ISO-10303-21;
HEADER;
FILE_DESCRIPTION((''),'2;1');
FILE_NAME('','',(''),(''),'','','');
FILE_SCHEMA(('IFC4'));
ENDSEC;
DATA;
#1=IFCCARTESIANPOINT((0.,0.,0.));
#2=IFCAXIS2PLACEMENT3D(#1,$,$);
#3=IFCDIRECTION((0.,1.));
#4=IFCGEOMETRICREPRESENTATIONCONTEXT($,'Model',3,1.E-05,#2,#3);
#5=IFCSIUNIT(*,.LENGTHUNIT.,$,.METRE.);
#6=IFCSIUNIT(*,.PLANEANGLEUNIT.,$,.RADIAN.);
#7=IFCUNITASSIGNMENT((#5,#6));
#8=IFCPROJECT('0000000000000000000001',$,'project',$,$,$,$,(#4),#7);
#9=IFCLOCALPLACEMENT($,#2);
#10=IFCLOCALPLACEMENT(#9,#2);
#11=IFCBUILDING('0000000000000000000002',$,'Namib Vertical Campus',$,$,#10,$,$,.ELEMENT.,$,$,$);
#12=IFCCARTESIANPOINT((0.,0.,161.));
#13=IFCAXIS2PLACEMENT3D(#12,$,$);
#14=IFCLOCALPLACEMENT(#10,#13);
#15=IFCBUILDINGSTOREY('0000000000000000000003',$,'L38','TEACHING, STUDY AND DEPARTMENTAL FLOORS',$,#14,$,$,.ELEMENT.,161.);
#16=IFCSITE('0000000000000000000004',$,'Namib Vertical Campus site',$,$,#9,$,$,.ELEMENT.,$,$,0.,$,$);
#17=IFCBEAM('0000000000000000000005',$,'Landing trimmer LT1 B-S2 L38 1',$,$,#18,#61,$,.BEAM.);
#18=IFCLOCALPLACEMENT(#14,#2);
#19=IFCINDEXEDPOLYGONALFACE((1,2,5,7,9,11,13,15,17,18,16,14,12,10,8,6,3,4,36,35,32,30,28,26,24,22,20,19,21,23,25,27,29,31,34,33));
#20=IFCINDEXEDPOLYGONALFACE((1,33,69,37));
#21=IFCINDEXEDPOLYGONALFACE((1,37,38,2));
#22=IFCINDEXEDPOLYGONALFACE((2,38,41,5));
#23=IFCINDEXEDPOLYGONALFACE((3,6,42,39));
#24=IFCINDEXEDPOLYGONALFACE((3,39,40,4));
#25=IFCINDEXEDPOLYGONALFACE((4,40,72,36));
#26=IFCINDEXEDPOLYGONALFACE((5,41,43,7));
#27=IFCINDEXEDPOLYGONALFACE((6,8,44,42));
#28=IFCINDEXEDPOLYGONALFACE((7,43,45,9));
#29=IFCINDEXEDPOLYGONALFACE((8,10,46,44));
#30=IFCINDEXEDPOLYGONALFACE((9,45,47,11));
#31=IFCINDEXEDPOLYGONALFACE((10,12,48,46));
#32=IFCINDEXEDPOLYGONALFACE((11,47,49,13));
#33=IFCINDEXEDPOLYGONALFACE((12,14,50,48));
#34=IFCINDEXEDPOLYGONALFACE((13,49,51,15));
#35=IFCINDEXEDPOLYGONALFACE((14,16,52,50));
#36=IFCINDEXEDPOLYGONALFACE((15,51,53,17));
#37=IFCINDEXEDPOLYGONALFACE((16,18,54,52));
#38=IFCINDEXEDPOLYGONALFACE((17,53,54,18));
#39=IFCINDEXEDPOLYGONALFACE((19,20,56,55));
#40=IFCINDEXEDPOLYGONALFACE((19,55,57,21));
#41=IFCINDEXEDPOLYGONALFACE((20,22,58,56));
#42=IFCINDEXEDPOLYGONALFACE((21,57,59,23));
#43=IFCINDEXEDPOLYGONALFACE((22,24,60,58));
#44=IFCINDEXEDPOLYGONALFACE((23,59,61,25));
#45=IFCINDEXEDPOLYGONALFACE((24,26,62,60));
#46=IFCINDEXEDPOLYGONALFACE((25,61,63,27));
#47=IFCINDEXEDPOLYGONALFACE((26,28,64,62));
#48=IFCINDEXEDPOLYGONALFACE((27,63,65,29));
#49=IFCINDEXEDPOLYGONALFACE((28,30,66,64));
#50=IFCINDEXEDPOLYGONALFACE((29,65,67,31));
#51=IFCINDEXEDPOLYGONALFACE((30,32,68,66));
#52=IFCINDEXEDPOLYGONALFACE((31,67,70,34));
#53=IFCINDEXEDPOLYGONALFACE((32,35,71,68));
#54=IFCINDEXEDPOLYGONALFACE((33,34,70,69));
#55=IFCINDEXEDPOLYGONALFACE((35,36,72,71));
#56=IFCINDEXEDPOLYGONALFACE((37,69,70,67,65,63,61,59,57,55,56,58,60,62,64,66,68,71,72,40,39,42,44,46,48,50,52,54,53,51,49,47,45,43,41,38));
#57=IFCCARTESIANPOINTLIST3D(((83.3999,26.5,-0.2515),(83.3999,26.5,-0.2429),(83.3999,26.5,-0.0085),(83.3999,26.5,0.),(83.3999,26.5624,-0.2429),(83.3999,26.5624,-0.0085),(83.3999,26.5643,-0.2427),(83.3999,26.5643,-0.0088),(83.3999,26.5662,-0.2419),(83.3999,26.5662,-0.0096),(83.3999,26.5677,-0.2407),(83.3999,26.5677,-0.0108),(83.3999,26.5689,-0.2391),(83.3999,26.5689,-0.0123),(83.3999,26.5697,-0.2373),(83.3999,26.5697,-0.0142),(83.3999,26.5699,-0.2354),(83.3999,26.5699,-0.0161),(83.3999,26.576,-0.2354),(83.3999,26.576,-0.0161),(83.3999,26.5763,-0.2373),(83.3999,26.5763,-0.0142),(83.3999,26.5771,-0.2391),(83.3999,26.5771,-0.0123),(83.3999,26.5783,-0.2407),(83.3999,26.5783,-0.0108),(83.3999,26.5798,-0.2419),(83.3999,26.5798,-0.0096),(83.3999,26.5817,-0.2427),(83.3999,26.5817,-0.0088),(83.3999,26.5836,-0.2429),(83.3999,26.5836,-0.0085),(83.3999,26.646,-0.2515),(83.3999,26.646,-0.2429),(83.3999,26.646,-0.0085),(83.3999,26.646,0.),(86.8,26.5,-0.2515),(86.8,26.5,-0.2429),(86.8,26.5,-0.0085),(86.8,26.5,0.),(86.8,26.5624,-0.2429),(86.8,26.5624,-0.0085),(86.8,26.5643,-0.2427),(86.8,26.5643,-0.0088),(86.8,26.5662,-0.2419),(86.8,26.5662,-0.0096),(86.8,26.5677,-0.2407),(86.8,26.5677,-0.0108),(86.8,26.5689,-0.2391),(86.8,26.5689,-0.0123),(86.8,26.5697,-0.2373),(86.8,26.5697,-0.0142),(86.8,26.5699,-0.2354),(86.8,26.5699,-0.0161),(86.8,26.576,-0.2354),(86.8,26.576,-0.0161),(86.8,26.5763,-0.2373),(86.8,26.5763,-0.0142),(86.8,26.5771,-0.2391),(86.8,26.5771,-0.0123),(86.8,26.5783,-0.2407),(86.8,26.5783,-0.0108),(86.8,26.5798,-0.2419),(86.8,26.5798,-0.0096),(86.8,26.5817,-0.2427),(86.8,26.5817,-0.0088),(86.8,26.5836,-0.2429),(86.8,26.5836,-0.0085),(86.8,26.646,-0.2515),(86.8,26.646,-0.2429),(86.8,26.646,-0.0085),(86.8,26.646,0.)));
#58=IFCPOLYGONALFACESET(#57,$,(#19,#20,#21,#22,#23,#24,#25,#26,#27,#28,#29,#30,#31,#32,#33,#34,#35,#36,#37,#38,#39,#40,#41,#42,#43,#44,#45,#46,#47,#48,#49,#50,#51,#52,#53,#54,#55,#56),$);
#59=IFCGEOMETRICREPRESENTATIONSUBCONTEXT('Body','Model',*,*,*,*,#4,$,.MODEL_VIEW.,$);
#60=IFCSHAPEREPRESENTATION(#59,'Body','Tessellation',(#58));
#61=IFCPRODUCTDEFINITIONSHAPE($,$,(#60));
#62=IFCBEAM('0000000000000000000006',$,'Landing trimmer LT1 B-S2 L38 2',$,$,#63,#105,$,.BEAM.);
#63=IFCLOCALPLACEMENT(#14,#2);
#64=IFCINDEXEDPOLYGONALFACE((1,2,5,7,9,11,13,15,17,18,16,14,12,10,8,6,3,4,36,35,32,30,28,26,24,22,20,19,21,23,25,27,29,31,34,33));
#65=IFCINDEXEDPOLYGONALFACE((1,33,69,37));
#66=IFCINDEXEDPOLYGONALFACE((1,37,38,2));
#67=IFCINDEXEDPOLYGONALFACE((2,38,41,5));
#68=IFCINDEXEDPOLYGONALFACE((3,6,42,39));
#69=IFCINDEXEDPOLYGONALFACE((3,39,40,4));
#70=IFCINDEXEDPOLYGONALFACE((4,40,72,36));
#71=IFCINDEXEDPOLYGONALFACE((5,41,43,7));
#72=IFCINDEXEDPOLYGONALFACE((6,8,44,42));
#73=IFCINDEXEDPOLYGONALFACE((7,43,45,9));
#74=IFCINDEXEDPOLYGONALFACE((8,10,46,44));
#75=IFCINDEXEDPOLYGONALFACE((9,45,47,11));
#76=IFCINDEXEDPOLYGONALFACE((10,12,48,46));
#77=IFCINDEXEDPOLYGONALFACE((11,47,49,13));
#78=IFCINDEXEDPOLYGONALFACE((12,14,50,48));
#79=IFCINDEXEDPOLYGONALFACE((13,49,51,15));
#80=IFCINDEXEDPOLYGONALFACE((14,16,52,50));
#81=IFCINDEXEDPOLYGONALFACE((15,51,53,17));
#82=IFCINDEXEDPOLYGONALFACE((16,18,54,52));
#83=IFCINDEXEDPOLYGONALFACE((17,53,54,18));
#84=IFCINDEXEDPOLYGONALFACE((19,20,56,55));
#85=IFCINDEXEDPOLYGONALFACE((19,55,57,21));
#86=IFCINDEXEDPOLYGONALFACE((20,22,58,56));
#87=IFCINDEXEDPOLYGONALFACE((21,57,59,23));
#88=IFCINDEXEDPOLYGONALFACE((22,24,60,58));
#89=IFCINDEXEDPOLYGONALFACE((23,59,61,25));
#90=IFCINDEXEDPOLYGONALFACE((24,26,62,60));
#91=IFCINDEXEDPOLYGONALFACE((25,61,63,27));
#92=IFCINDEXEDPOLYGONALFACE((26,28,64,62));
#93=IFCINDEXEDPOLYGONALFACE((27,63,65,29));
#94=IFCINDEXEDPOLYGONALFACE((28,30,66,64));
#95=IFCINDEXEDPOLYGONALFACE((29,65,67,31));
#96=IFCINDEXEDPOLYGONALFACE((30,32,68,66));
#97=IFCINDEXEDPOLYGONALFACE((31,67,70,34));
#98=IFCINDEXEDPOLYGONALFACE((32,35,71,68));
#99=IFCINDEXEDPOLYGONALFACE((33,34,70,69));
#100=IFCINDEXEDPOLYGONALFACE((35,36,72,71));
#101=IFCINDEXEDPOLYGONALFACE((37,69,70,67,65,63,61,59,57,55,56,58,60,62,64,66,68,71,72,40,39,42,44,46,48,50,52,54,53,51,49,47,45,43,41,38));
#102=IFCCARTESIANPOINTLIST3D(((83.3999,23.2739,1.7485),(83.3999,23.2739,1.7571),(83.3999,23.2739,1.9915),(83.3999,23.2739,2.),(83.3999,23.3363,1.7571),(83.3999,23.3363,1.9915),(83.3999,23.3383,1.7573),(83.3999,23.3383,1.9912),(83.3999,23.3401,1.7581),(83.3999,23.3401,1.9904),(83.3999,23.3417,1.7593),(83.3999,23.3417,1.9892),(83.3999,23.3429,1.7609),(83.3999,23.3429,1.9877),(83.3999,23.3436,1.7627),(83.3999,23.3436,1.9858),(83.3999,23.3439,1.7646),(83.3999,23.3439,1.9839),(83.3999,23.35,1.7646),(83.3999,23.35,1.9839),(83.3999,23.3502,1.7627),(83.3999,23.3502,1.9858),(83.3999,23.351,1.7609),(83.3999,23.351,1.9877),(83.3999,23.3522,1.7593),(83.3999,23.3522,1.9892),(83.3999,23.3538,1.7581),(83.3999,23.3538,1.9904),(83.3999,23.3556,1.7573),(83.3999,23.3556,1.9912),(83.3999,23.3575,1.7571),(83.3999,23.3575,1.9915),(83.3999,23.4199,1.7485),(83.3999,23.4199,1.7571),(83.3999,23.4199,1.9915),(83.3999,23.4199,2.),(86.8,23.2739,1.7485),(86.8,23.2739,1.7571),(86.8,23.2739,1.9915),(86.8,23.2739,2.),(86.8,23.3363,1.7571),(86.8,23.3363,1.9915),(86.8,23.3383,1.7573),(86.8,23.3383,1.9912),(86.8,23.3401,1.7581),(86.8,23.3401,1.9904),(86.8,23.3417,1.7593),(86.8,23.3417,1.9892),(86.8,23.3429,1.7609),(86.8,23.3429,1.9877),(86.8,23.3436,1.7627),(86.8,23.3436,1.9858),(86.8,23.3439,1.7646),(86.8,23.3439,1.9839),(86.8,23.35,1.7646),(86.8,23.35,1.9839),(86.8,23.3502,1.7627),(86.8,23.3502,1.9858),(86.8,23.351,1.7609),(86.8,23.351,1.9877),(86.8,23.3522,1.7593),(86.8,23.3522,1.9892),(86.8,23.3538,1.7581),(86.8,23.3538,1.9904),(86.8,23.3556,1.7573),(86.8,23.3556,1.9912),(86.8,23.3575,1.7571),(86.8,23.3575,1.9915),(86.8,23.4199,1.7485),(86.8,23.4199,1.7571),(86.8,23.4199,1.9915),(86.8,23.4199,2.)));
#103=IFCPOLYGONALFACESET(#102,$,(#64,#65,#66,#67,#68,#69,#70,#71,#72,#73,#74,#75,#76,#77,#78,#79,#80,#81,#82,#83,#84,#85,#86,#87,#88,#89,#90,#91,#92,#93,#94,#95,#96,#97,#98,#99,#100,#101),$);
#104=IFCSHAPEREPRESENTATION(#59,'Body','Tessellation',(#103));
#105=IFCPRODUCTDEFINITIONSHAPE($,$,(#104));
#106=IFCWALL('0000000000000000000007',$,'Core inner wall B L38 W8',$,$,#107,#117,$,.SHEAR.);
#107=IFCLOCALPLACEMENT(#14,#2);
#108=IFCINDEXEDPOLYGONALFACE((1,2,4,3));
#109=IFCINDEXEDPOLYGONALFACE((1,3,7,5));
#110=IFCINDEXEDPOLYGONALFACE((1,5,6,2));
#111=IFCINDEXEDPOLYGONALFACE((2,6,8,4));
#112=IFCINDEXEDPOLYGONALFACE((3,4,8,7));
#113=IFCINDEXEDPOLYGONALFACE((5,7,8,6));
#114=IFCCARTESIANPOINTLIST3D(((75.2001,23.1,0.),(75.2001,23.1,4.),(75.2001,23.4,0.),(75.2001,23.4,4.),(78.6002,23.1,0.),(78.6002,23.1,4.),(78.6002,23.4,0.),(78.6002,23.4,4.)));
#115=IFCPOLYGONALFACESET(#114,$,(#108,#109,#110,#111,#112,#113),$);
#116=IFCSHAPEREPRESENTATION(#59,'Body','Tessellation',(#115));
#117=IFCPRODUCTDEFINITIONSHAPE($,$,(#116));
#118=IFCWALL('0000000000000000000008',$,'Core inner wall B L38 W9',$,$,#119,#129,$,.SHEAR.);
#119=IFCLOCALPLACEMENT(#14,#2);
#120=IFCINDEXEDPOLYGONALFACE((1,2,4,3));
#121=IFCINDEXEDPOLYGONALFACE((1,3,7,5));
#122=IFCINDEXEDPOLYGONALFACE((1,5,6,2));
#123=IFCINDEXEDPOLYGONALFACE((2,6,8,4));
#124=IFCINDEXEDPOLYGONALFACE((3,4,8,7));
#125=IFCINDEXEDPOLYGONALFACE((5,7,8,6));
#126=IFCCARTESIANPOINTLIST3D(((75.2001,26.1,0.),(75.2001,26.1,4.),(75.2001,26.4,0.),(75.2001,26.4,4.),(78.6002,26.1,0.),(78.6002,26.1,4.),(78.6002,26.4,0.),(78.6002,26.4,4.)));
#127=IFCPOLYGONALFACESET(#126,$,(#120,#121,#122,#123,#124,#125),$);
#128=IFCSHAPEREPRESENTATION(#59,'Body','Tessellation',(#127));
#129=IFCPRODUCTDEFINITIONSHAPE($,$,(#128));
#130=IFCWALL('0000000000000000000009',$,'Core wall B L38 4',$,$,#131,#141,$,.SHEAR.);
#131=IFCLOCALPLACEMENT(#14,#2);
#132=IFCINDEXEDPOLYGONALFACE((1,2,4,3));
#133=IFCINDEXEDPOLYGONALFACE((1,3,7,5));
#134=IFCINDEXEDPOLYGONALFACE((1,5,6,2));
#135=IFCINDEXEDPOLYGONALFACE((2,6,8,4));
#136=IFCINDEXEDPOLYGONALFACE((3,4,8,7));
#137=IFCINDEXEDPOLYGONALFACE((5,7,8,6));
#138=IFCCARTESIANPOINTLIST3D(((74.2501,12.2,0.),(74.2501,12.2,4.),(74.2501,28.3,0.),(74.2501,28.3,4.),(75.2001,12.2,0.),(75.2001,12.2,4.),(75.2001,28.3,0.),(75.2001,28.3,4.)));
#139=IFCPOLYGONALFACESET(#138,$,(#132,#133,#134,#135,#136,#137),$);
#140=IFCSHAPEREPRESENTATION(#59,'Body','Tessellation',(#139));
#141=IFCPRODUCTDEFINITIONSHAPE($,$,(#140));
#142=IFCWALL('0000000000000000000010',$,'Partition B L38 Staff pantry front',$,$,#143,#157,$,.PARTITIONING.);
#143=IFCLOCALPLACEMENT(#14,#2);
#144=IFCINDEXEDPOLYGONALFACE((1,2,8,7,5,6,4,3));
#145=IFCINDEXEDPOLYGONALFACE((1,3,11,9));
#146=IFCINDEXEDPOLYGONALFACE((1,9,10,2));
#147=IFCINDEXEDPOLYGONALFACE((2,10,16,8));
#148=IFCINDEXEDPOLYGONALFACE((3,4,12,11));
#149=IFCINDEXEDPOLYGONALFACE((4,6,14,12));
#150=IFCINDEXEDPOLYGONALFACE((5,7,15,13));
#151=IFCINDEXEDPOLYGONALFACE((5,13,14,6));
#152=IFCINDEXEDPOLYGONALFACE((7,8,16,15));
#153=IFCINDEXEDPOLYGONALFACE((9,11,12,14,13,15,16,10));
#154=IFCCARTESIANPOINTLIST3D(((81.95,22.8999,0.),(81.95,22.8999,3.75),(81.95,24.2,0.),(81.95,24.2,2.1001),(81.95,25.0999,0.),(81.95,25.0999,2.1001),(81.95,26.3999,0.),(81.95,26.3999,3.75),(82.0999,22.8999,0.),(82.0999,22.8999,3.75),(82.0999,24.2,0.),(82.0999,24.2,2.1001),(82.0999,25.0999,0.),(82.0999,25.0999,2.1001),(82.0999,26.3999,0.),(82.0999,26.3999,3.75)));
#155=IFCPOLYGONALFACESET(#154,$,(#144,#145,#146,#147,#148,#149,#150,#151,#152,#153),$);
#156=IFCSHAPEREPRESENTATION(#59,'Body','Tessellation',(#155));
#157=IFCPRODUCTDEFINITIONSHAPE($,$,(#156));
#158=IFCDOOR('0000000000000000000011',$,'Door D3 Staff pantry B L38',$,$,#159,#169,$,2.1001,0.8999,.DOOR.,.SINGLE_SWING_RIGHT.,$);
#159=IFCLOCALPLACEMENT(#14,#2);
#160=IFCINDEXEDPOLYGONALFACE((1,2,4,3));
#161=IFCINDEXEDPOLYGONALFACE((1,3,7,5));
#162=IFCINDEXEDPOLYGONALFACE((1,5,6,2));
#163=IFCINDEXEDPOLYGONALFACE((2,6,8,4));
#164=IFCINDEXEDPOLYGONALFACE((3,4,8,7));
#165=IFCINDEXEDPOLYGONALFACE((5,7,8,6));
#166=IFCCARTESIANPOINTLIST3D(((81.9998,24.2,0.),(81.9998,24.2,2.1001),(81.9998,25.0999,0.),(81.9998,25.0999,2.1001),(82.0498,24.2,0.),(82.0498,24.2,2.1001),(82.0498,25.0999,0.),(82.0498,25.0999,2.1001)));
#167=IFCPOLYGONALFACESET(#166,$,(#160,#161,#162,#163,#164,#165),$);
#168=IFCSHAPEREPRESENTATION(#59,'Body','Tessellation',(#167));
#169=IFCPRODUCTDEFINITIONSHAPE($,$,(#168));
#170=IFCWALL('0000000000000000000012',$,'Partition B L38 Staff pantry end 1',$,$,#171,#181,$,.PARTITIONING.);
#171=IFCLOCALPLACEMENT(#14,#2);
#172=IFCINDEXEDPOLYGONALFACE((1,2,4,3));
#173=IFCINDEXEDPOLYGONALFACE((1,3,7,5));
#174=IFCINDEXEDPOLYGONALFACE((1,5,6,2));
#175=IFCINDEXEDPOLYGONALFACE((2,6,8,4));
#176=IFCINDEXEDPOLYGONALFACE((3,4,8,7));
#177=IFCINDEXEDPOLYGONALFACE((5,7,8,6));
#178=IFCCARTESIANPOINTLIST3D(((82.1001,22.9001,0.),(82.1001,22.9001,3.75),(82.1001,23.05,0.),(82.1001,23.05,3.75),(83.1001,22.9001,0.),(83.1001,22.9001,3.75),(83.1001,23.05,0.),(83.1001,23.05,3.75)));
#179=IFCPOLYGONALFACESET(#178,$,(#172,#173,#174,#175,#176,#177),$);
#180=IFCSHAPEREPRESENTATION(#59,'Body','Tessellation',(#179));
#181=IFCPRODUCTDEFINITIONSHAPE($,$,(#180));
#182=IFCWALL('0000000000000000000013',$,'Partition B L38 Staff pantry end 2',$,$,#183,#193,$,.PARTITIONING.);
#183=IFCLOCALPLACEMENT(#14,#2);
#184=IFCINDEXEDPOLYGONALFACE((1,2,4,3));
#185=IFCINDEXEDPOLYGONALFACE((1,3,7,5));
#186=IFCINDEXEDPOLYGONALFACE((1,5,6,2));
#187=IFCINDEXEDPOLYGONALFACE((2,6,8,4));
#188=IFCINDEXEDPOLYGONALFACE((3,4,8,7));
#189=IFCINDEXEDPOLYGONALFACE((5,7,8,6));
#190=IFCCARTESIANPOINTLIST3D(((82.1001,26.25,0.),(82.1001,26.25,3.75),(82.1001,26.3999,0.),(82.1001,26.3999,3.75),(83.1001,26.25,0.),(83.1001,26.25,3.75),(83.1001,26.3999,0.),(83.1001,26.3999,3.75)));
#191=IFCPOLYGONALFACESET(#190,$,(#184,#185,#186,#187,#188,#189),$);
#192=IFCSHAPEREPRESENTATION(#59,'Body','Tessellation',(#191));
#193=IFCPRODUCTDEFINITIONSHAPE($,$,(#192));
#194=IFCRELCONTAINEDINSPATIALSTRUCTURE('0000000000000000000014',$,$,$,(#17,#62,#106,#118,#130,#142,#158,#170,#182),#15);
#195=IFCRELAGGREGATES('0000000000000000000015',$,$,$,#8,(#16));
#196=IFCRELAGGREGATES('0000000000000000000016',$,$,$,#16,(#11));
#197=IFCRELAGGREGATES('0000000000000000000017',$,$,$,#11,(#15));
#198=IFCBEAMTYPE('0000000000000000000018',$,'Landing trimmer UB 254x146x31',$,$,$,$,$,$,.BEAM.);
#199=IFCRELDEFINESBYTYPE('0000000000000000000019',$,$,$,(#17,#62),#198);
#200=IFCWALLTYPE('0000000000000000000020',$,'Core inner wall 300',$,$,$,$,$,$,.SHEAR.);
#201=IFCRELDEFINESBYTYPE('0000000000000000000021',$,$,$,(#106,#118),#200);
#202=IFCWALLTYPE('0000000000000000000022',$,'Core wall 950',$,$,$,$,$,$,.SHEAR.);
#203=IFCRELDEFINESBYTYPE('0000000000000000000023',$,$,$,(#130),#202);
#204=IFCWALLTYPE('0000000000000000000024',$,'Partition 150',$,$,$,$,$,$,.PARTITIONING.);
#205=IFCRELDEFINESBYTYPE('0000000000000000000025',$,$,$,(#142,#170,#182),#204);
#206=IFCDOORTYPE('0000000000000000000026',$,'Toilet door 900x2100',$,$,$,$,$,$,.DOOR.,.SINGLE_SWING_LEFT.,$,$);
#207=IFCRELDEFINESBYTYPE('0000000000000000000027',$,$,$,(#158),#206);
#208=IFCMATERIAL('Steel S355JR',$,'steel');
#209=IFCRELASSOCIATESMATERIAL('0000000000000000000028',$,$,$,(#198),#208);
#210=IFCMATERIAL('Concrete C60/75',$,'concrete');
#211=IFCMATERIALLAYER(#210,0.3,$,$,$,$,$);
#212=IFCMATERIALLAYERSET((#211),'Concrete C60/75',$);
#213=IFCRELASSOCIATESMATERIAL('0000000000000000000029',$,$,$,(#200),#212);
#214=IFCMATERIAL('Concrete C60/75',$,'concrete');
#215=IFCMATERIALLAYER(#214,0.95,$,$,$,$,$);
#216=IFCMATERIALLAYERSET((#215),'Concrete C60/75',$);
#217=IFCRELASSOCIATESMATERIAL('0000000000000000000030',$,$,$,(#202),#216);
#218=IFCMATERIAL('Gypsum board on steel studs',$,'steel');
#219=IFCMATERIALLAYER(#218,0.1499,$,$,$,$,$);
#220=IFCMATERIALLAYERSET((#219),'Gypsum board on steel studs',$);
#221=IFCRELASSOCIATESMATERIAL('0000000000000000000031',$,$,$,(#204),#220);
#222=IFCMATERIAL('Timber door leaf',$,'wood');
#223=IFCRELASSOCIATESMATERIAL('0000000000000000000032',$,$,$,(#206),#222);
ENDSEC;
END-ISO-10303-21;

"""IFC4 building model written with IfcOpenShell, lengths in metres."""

from ifc_helpers import new_model, si_unit, direction, frame, frame_2d, origin, origin_2d, place, context, subcontext, project, spatial, rectangle, i_section, extrude, material, layer, layer_set, material_profile, profile_set, type_object, element, fill, save


model = new_model("IFC4")

# Units and contexts
model_context = context("Model", 3, precision=1e-05, world=origin(), true_north=direction((0.0, 1.0)))
body_context = subcontext(model_context, "Body", "Model", "MODEL_VIEW")
ifc_project = project(units=[si_unit("LENGTHUNIT", "METRE"), si_unit("PLANEANGLEUNIT", "RADIAN")], contexts=[model_context])

# Site, building, storey
site_placement = place(None, origin())
site = spatial("IfcSite", under=ifc_project, at=site_placement, Name="Namib Vertical Campus site", CompositionType="ELEMENT", RefElevation=0.0)
building_placement = place(site_placement, origin())
building = spatial("IfcBuilding", under=site, at=building_placement, Name="Namib Vertical Campus", CompositionType="ELEMENT")
storey_placement = place(building_placement, frame((0.0, 0.0, 161.0)))
storey = spatial("IfcBuildingStorey", under=building, at=storey_placement, Name="L38", Description="TEACHING, STUDY AND DEPARTMENTAL FLOORS", CompositionType="ELEMENT", Elevation=161.0)

# Beams
ifc_material_1 = material(Name="Steel S355JR", Category="steel")
ifc_material_profile = material_profile(ifc_material_1, i_section(OverallWidth=0.146, OverallDepth=0.2515, WebThickness=0.0061, FlangeThickness=0.0085, FilletRadius=0.0076, at=origin_2d()))
ifc_profile_set = profile_set([ifc_material_profile], Name="Steel S355JR")
beam_type = type_object("IfcBeamType", Name="Landing trimmer UB 254x146x31", PredefinedType="BEAM", material=ifc_profile_set)
for number, where, z_axis, x_axis, name in (
    (1, (83.3999, 26.573, -0.1257), (1.0, 0.0, 0.0), (0.0, 1.0, 0.0), "Landing trimmer LT1 B-S2 L38 1"),
    (2, (83.3999, 23.3469, 1.8743), (1.0, 0.0, 0.0), (0.0, 1.0, 0.0), "Landing trimmer LT1 B-S2 L38 2"),
):
    element("IfcBeam", number, at=place(storey_placement, frame(where, z_axis=z_axis, x_axis=x_axis)), inside=storey, type_object=beam_type, Name=name, PredefinedType="BEAM", context=body_context, shape_type="SweptSolid", body=[
        extrude(i_section(OverallWidth=0.146, OverallDepth=0.2515, WebThickness=0.0061, FlangeThickness=0.0085, FilletRadius=0.0076, at=origin_2d()), origin(), (0.0, 0.0, 1.0), 3.4001),
    ])

# Walls
ifc_material_2 = material(Name="Concrete C60/75", Category="concrete")
ifc_layer_1 = layer(ifc_material_2, 0.3)
ifc_layer_set_1 = layer_set([ifc_layer_1], Name="Concrete C60/75")
wall_type_1 = type_object("IfcWallType", Name="Core inner wall 300", PredefinedType="SHEAR", material=ifc_layer_set_1)
for number, where, z_axis, x_axis, name in (
    (3, (75.2, 23.25, 0.0), (0.0, 0.0, 1.0), (1.0, 0.0, 0.0), "Core inner wall B L38 W8"),
    (4, (75.2, 26.25, 0.0), (0.0, 0.0, 1.0), (1.0, 0.0, 0.0), "Core inner wall B L38 W9"),
):
    element("IfcWall", number, at=place(storey_placement, frame(where, z_axis=z_axis, x_axis=x_axis)), inside=storey, type_object=wall_type_1, Name=name, PredefinedType="SHEAR", context=body_context, shape_type="SweptSolid", body=[
        extrude(rectangle(XDim=3.4001, YDim=0.3, at=frame_2d((1.7002, 0.0))), origin(), (0.0, 0.0, 1.0), 4.0),
    ])
ifc_material_3 = material(Name="Concrete C60/75", Category="concrete")
ifc_layer_2 = layer(ifc_material_3, 0.95)
ifc_layer_set_2 = layer_set([ifc_layer_2], Name="Concrete C60/75")
wall_type_2 = type_object("IfcWallType", Name="Core wall 950", PredefinedType="SHEAR", material=ifc_layer_set_2)
wall_1_placement = place(storey_placement, frame((74.7251, 28.3, 0.0), z_axis=(0.0, 0.0, 1.0), x_axis=(0.0, -1.0, 0.0)))
element("IfcWall", 5, at=wall_1_placement, inside=storey, type_object=wall_type_2, Name="Core wall B L38 4", PredefinedType="SHEAR", context=body_context, shape_type="SweptSolid", body=[
    extrude(rectangle(XDim=16.1001, YDim=0.95, at=frame_2d((8.05, 0.0))), origin(), (0.0, 0.0, 1.0), 4.0),
])

# Wall, opening, door
ifc_material_4 = material(Name="Gypsum board on steel studs", Category="steel")
ifc_layer_3 = layer(ifc_material_4, 0.1499)
ifc_layer_set_3 = layer_set([ifc_layer_3], Name="Gypsum board on steel studs")
wall_type_3 = type_object("IfcWallType", Name="Partition 150", PredefinedType="PARTITIONING", material=ifc_layer_set_3)
wall_2_placement = place(storey_placement, frame((82.0249, 22.8999, 0.0), z_axis=(0.0, 0.0, 1.0), x_axis=(0.0, 1.0, 0.0)))
wall_2 = element("IfcWall", 6, at=wall_2_placement, inside=storey, type_object=wall_type_3, Name="Partition B L38 Staff pantry front", PredefinedType="PARTITIONING", context=body_context, shape_type="SweptSolid", body=[
    extrude(rectangle(XDim=3.5, YDim=0.1499, at=frame_2d((1.75, 0.0))), origin(), (0.0, 0.0, 1.0), 3.75),
])
opening_1_placement = place(wall_2_placement, frame((1.3, 0.0, 0.0)))
opening_1 = element("IfcOpeningElement", 7, at=opening_1_placement, cuts=wall_2, PredefinedType="OPENING", context=body_context, shape_type="SweptSolid", body=[
    extrude(rectangle(XDim=0.8999, YDim=2.1001, at=frame_2d((0.45, 1.05))), frame((0.0, 0.085, 0.0), z_axis=(0.0, -1.0, 0.0), x_axis=(1.0, 0.0, 0.0)), (0.0, 0.0, 1.0), 0.1699),
])
ifc_material_5 = material(Name="Timber door leaf", Category="wood")
door_type = type_object("IfcDoorType", Name="Toilet door 900x2100", OperationType="SINGLE_SWING_LEFT", PredefinedType="DOOR", material=ifc_material_5)
door_1_placement = place(opening_1_placement, frame((0.8999, 0.0, 0.0), z_axis=(0.0, 0.0, 1.0), x_axis=(-1.0, 0.0, 0.0)))
door_1 = element("IfcDoor", 8, at=door_1_placement, inside=storey, type_object=door_type, Name="Door D3 Staff pantry B L38", OperationType="SINGLE_SWING_RIGHT", OverallHeight=2.1001, OverallWidth=0.8999, PredefinedType="DOOR", context=body_context, shape_type="SweptSolid", body=[
    extrude(rectangle(XDim=0.8999, YDim=2.1001, at=frame_2d((0.45, 1.05))), frame((0.0, 0.0249, 0.0), z_axis=(0.0, -1.0, 0.0), x_axis=(1.0, 0.0, 0.0)), (0.0, 0.0, 1.0), 0.05),
])
fill(opening_1, door_1)

# Walls
for number, where, z_axis, x_axis, name in (
    (9, (82.1001, 22.9751, 0.0), (0.0, 0.0, 1.0), (1.0, 0.0, 0.0), "Partition B L38 Staff pantry end 1"),
    (10, (82.1001, 26.325, 0.0), (0.0, 0.0, 1.0), (1.0, 0.0, 0.0), "Partition B L38 Staff pantry end 2"),
):
    element("IfcWall", number, at=place(storey_placement, frame(where, z_axis=z_axis, x_axis=x_axis)), inside=storey, type_object=wall_type_3, Name=name, PredefinedType="PARTITIONING", context=body_context, shape_type="SweptSolid", body=[
        extrude(rectangle(XDim=1.0, YDim=0.1499, at=frame_2d((0.5, 0.0))), origin(), (0.0, 0.0, 1.0), 3.75),
    ])

save(model, "model.ifc")
